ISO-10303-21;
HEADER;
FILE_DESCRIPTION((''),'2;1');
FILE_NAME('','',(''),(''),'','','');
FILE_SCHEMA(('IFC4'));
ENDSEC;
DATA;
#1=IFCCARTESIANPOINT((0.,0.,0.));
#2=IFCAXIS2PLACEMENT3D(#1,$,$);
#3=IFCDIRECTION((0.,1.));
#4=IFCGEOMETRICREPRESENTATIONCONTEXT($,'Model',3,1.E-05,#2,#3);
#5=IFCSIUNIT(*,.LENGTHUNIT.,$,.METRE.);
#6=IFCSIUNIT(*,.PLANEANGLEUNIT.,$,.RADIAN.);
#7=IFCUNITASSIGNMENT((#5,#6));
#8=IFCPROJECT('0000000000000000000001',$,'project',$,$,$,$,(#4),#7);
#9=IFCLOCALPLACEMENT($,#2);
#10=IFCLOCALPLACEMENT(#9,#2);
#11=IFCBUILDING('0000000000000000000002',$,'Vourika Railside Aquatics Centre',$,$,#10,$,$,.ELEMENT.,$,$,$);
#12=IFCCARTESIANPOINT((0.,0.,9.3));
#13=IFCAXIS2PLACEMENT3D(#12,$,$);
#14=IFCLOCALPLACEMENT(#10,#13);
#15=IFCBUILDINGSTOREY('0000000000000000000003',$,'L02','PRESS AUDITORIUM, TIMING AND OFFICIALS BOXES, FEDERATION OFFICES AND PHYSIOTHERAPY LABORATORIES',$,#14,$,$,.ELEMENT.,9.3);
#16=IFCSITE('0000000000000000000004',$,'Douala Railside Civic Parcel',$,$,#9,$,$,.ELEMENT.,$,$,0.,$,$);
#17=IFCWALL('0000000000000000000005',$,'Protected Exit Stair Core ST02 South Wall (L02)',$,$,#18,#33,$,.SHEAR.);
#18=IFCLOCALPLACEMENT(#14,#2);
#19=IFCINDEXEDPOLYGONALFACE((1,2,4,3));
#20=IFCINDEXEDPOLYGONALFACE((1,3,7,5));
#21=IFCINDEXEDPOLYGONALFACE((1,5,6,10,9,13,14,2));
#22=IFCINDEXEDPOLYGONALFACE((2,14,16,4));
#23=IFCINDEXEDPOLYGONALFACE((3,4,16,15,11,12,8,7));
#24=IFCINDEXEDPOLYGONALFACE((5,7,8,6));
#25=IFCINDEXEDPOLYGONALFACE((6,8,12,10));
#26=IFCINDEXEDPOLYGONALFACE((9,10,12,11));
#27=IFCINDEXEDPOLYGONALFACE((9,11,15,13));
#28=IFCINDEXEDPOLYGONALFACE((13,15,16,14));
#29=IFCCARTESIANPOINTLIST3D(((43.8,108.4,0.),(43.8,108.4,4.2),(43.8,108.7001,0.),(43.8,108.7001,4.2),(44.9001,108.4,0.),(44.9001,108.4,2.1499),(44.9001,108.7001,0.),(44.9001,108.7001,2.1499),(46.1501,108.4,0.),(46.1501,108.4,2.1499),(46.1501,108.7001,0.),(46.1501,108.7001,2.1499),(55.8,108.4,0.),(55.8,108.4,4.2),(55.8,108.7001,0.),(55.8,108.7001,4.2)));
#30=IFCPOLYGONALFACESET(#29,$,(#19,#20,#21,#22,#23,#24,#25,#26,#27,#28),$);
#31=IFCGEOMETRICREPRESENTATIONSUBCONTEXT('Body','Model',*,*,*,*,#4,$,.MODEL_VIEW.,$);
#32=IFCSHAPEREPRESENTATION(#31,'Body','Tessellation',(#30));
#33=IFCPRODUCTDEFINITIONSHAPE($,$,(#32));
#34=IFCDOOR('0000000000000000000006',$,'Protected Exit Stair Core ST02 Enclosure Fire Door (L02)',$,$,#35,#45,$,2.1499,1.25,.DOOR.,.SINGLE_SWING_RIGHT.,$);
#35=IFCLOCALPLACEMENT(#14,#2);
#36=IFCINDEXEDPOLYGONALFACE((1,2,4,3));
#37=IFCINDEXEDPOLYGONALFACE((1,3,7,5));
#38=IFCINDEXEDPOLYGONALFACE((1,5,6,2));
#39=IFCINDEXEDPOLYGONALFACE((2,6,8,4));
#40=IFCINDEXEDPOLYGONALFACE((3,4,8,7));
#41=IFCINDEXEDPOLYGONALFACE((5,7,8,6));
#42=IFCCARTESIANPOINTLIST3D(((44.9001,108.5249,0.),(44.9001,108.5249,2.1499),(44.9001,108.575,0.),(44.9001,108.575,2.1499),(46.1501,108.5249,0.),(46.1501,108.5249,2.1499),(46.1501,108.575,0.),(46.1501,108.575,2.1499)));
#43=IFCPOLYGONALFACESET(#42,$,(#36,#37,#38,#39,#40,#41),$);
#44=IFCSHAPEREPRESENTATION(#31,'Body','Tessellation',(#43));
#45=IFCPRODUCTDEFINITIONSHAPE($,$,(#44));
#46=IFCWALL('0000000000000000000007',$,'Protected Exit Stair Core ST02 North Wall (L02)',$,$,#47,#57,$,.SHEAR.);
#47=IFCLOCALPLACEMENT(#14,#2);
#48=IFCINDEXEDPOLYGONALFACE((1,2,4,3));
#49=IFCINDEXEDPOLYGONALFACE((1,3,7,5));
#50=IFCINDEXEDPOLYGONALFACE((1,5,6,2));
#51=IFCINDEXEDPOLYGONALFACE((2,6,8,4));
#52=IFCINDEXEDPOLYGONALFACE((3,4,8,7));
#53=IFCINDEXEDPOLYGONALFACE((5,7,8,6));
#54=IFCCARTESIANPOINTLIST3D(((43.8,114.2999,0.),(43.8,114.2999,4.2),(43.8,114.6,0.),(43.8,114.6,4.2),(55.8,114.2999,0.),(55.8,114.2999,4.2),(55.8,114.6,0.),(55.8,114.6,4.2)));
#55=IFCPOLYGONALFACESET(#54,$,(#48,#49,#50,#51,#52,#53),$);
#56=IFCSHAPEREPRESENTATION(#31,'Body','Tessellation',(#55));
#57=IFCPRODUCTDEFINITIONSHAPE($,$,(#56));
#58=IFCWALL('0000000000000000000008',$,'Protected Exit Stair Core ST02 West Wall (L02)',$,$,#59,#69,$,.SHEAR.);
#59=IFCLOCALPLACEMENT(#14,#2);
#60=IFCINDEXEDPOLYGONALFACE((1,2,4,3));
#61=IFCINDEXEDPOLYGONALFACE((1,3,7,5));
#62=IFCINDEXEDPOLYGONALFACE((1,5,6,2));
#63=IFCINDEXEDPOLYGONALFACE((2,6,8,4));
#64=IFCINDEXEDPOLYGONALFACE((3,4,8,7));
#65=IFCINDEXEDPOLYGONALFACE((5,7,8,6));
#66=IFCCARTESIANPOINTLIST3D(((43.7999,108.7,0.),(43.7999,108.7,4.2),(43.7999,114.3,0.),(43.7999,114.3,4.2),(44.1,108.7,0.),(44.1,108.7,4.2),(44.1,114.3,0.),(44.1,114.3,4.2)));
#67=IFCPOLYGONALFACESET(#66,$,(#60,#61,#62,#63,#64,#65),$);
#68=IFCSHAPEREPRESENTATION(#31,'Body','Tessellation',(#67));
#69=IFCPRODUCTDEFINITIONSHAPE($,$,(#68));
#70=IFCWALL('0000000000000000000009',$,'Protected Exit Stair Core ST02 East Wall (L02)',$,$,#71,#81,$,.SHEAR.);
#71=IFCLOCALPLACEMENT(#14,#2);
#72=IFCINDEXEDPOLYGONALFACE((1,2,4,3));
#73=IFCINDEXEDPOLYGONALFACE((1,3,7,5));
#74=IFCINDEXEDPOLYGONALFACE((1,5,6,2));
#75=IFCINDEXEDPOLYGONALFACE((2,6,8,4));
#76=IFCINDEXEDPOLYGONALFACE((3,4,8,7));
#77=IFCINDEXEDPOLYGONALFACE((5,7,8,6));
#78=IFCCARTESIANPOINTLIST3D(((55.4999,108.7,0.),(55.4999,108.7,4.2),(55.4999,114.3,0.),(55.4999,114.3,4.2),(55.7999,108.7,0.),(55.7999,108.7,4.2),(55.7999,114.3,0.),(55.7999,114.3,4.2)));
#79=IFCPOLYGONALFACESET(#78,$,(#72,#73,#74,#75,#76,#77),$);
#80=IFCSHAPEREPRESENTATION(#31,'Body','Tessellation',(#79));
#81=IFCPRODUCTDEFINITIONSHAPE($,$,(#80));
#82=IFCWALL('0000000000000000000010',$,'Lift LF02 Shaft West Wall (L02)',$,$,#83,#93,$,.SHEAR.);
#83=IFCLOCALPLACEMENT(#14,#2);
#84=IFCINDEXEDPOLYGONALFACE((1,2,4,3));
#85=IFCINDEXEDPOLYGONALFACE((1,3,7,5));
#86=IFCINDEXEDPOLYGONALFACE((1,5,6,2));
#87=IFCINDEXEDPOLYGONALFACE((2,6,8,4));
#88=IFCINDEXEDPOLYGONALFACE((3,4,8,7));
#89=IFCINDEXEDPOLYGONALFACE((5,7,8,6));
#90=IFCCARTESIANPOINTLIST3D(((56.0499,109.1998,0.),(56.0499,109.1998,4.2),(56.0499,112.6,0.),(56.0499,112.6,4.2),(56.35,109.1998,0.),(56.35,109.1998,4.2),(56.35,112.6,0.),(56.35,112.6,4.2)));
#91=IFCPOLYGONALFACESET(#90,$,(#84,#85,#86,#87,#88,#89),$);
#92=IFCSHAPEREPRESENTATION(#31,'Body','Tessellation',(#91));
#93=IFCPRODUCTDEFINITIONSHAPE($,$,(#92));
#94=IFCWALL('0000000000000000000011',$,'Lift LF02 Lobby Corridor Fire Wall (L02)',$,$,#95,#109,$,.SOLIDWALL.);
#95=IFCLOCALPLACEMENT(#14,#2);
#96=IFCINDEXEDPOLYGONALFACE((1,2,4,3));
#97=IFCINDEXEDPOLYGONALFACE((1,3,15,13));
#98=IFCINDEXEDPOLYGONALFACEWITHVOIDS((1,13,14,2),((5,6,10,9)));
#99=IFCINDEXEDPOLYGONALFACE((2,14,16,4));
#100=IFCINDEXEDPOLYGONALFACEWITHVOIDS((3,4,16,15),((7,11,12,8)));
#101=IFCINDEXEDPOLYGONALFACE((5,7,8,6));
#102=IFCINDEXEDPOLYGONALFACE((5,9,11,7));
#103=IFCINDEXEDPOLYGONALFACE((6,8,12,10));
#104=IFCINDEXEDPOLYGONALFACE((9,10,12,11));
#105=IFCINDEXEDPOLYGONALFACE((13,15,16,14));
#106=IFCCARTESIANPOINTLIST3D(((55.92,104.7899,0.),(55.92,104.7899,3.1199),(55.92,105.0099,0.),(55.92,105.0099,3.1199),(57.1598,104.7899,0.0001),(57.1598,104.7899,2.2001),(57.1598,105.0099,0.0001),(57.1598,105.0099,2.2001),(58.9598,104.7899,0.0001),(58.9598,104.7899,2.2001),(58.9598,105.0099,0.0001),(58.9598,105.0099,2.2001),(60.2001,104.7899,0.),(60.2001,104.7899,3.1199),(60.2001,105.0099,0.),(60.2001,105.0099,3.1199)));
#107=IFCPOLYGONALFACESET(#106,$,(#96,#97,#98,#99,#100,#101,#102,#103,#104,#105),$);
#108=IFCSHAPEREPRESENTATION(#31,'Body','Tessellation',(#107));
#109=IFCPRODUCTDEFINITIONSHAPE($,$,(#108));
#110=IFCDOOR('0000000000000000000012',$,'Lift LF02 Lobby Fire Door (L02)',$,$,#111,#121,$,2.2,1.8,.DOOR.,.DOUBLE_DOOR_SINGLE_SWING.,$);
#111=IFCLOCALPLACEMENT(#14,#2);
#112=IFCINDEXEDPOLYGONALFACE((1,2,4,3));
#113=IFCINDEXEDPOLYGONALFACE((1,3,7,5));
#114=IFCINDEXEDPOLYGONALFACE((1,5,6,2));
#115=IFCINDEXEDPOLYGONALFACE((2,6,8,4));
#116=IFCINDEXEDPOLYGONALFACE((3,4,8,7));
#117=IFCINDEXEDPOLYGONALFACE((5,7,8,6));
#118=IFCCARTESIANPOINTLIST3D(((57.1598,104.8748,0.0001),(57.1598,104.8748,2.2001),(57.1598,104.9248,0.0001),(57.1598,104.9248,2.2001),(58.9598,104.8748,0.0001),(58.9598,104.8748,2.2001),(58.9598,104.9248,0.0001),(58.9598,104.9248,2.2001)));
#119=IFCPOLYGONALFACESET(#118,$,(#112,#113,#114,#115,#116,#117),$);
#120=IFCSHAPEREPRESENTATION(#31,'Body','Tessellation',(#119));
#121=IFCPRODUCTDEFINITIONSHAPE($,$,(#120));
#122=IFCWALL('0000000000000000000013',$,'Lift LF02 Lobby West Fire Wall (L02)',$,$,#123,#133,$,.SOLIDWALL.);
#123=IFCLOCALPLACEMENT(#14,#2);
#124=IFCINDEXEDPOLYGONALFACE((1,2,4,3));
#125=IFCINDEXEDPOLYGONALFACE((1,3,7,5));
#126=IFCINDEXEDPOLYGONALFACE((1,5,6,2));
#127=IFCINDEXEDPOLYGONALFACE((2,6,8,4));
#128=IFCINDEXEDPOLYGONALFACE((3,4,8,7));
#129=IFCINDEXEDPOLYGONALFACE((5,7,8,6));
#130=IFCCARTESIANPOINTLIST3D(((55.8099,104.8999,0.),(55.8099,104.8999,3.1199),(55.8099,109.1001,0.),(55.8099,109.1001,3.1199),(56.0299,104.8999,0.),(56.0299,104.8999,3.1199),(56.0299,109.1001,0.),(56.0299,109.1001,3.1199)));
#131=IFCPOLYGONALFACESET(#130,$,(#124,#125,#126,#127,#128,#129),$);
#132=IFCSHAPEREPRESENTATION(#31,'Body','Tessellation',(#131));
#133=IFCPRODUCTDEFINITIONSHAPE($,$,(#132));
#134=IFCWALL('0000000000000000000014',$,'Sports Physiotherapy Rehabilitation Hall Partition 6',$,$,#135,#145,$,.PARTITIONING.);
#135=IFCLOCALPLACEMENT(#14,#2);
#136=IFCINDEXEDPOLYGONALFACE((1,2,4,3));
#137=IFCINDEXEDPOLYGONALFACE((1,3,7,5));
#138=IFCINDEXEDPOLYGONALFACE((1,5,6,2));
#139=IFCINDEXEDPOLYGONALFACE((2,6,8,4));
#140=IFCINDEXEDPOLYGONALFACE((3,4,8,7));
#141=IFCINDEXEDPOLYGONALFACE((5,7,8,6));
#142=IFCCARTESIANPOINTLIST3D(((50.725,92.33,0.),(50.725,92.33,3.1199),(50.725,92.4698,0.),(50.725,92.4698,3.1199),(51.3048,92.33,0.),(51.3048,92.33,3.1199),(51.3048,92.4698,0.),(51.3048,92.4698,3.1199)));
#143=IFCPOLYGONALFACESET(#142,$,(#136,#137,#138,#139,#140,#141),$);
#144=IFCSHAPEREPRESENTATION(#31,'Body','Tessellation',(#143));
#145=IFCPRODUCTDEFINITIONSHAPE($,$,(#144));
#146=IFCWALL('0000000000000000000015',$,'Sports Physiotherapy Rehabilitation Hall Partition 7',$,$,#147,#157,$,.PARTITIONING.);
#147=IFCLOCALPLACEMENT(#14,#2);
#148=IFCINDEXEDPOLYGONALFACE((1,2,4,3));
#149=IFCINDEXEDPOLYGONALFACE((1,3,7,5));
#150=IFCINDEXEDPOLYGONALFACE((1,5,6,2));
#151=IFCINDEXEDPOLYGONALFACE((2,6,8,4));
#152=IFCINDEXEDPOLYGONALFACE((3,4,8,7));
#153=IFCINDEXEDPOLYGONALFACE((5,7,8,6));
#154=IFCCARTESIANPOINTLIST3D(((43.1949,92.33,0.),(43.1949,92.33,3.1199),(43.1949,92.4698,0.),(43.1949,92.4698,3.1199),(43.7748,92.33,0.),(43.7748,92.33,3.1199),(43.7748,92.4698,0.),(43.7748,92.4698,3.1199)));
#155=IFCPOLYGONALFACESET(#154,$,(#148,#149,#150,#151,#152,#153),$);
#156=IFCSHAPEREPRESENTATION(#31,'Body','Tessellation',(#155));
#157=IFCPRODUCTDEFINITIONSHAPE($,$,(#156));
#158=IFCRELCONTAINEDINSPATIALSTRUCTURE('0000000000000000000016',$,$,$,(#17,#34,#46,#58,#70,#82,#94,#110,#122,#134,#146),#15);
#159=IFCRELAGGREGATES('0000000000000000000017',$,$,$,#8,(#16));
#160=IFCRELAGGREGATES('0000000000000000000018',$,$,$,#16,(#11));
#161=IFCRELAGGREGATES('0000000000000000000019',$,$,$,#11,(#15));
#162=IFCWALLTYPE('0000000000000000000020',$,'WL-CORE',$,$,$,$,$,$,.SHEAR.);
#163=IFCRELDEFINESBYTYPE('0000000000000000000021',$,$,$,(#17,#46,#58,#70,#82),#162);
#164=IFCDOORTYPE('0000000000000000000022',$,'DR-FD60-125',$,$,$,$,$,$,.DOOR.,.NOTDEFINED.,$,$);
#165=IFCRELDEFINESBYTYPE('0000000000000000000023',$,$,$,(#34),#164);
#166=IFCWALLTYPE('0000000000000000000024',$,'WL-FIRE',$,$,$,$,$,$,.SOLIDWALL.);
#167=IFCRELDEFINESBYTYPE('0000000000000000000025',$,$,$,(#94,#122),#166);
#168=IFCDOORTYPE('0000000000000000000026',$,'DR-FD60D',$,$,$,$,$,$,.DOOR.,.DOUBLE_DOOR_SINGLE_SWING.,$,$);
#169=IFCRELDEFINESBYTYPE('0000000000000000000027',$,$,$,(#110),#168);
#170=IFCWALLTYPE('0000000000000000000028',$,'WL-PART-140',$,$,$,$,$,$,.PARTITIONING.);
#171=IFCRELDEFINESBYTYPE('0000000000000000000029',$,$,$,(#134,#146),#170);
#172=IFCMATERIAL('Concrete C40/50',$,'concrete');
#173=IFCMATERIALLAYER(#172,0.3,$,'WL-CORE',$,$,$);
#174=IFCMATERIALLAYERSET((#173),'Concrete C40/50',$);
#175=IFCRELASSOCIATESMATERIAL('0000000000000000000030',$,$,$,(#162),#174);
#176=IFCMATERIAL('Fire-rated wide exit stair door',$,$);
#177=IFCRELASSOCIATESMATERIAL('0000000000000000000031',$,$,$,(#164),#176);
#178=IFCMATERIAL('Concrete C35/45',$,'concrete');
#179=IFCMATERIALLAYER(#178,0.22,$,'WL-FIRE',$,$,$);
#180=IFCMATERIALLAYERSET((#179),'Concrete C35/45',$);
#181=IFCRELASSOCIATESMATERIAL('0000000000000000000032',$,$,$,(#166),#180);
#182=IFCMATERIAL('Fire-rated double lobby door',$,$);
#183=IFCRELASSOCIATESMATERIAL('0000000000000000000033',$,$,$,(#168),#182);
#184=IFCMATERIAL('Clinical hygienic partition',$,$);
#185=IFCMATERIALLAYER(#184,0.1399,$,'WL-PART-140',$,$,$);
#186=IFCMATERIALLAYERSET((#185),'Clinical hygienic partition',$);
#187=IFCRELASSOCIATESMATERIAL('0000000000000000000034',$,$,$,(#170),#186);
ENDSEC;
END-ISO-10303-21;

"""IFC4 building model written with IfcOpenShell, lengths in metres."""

from ifc_helpers import new_model, si_unit, direction, frame, frame_2d, origin, place, context, subcontext, project, spatial, rectangle, extrude, material, layer, layer_set, type_object, element, fill, save


model = new_model("IFC4")

# Units and contexts
model_context = context("Model", 3, precision=1e-05, world=origin(), true_north=direction((0.0, 1.0)))
body_context = subcontext(model_context, "Body", "Model", "MODEL_VIEW")
ifc_project = project(units=[si_unit("LENGTHUNIT", "METRE"), si_unit("PLANEANGLEUNIT", "RADIAN")], contexts=[model_context])

# Site, building, storey
site_placement = place(None, origin())
site = spatial("IfcSite", under=ifc_project, at=site_placement, Name="Douala Railside Civic Parcel", CompositionType="ELEMENT", RefElevation=0.0)
building_placement = place(site_placement, origin())
building = spatial("IfcBuilding", under=site, at=building_placement, Name="Vourika Railside Aquatics Centre", CompositionType="ELEMENT")
storey_placement = place(building_placement, frame((0.0, 0.0, 9.3)))
storey = spatial("IfcBuildingStorey", under=building, at=storey_placement, Name="L02", Description="PRESS AUDITORIUM, TIMING AND OFFICIALS BOXES, FEDERATION OFFICES AND PHYSIOTHERAPY LABORATORIES", CompositionType="ELEMENT", Elevation=9.3)

# Shared definitions
ifc_material_1 = material(Name="Concrete C35/45", Category="concrete")

# Wall, opening, door
ifc_material_2 = material(Name="Concrete C40/50", Category="concrete")
ifc_layer_1 = layer(ifc_material_2, 0.3, Name="WL-CORE")
ifc_layer_set_1 = layer_set([ifc_layer_1], Name="Concrete C40/50")
wall_type_1 = type_object("IfcWallType", Name="WL-CORE", PredefinedType="SHEAR", material=ifc_layer_set_1)
wall_1_placement = place(storey_placement, frame((43.8, 108.55, 0.0), z_axis=(0.0, 0.0, 1.0), x_axis=(1.0, 0.0, 0.0)))
wall_1 = element("IfcWall", 1, at=wall_1_placement, inside=storey, type_object=wall_type_1, Name="Protected Exit Stair Core ST02 South Wall (L02)", PredefinedType="SHEAR", context=body_context, shape_type="SweptSolid", body=[
    extrude(rectangle(XDim=12.0, YDim=0.3, at=frame_2d((6.0, 0.0))), origin(), (0.0, 0.0, 1.0), 4.2),
])
opening_1_placement = place(wall_1_placement, frame((1.1001, 0.0, 0.0)))
opening_1 = element("IfcOpeningElement", 2, at=opening_1_placement, cuts=wall_1, PredefinedType="OPENING", context=body_context, shape_type="SweptSolid", body=[
    extrude(rectangle(XDim=1.25, YDim=2.1499, at=frame_2d((0.625, 1.075))), frame((0.0, 0.1602, 0.0), z_axis=(0.0, -1.0, 0.0), x_axis=(1.0, 0.0, 0.0)), (0.0, 0.0, 1.0), 0.3201),
])
ifc_material_3 = material(Name="Fire-rated wide exit stair door")
door_type_1 = type_object("IfcDoorType", Name="DR-FD60-125", OperationType="NOTDEFINED", PredefinedType="DOOR", material=ifc_material_3)
door_1_placement = place(opening_1_placement, origin())
door_1 = element("IfcDoor", 3, at=door_1_placement, inside=storey, type_object=door_type_1, Name="Protected Exit Stair Core ST02 Enclosure Fire Door (L02)", OperationType="SINGLE_SWING_RIGHT", OverallHeight=2.1499, OverallWidth=1.25, PredefinedType="DOOR", context=body_context, shape_type="SweptSolid", body=[
    extrude(rectangle(XDim=1.25, YDim=2.1499, at=frame_2d((0.625, 1.075))), frame((0.0, 0.0249, 0.0), z_axis=(0.0, -1.0, 0.0), x_axis=(1.0, 0.0, 0.0)), (0.0, 0.0, 1.0), 0.05),
])
fill(opening_1, door_1)

# Walls
wall_2_placement = place(storey_placement, frame((55.8, 114.45, 0.0), z_axis=(0.0, 0.0, 1.0), x_axis=(-1.0, 0.0, 0.0)))
element("IfcWall", 4, at=wall_2_placement, inside=storey, type_object=wall_type_1, Name="Protected Exit Stair Core ST02 North Wall (L02)", PredefinedType="SHEAR", context=body_context, shape_type="SweptSolid", body=[
    extrude(rectangle(XDim=12.0, YDim=0.3, at=frame_2d((6.0, 0.0))), origin(), (0.0, 0.0, 1.0), 4.2),
])
for number, where, z_axis, x_axis, name in (
    (5, (43.95, 114.3, 0.0), (0.0, 0.0, 1.0), (0.0, -1.0, 0.0), "Protected Exit Stair Core ST02 West Wall (L02)"),
    (6, (55.6499, 108.7, 0.0), (0.0, 0.0, 1.0), (0.0, 1.0, 0.0), "Protected Exit Stair Core ST02 East Wall (L02)"),
):
    element("IfcWall", number, at=place(storey_placement, frame(where, z_axis=z_axis, x_axis=x_axis)), inside=storey, type_object=wall_type_1, Name=name, PredefinedType="SHEAR", context=body_context, shape_type="SweptSolid", body=[
        extrude(rectangle(XDim=5.6001, YDim=0.3, at=frame_2d((2.8, 0.0))), origin(), (0.0, 0.0, 1.0), 4.2),
    ])

# Wall
wall_3_placement = place(storey_placement, frame((56.2, 112.6001, 0.0), z_axis=(0.0, 0.0, 1.0), x_axis=(0.0, -1.0, 0.0)))
element("IfcWall", 7, at=wall_3_placement, inside=storey, type_object=wall_type_1, Name="Lift LF02 Shaft West Wall (L02)", PredefinedType="SHEAR", context=body_context, shape_type="SweptSolid", body=[
    extrude(rectangle(XDim=3.4001, YDim=0.3, at=frame_2d((1.7002, 0.0))), origin(), (0.0, 0.0, 1.0), 4.2),
])

# Wall, opening, door
ifc_layer_2 = layer(ifc_material_1, 0.22, Name="WL-FIRE")
ifc_layer_set_2 = layer_set([ifc_layer_2], Name="Concrete C35/45")
wall_type_2 = type_object("IfcWallType", Name="WL-FIRE", PredefinedType="SOLIDWALL", material=ifc_layer_set_2)
wall_4_placement = place(storey_placement, frame((55.9199, 104.8999, 0.0), z_axis=(0.0, 0.0, 1.0), x_axis=(1.0, 0.0, 0.0)))
wall_4 = element("IfcWall", 8, at=wall_4_placement, inside=storey, type_object=wall_type_2, Name="Lift LF02 Lobby Corridor Fire Wall (L02)", PredefinedType="SOLIDWALL", context=body_context, shape_type="SweptSolid", body=[
    extrude(rectangle(XDim=4.28, YDim=0.22, at=frame_2d((2.1401, 0.0))), origin(), (0.0, 0.0, 1.0), 3.1199),
])
opening_2_placement = place(wall_4_placement, frame((1.24, 0.0, 0.0)))
opening_2 = element("IfcOpeningElement", 9, at=opening_2_placement, cuts=wall_4, PredefinedType="OPENING", context=body_context, shape_type="SweptSolid", body=[
    extrude(rectangle(XDim=1.8, YDim=2.2, at=frame_2d((0.8999, 1.1001))), frame((0.0, 0.1201, 0.0), z_axis=(0.0, -1.0, 0.0), x_axis=(1.0, 0.0, 0.0)), (0.0, 0.0, 1.0), 0.24),
])
ifc_material_4 = material(Name="Fire-rated double lobby door")
door_type_2 = type_object("IfcDoorType", Name="DR-FD60D", OperationType="DOUBLE_DOOR_SINGLE_SWING", PredefinedType="DOOR", material=ifc_material_4)
door_2_placement = place(opening_2_placement, origin())
door_2 = element("IfcDoor", 10, at=door_2_placement, inside=storey, type_object=door_type_2, Name="Lift LF02 Lobby Fire Door (L02)", OperationType="DOUBLE_DOOR_SINGLE_SWING", OverallHeight=2.2, OverallWidth=1.8, PredefinedType="DOOR", context=body_context, shape_type="SweptSolid", body=[
    extrude(rectangle(XDim=1.8, YDim=2.2, at=frame_2d((0.8999, 1.1001))), frame((0.0, 0.0249, 0.0), z_axis=(0.0, -1.0, 0.0), x_axis=(1.0, 0.0, 0.0)), (0.0, 0.0, 1.0), 0.05),
])
fill(opening_2, door_2)

# Walls
wall_5_placement = place(storey_placement, frame((55.9199, 104.8999, 0.0), z_axis=(0.0, 0.0, 1.0), x_axis=(0.0, 1.0, 0.0)))
element("IfcWall", 11, at=wall_5_placement, inside=storey, type_object=wall_type_2, Name="Lift LF02 Lobby West Fire Wall (L02)", PredefinedType="SOLIDWALL", context=body_context, shape_type="SweptSolid", body=[
    extrude(rectangle(XDim=4.2002, YDim=0.22, at=frame_2d((2.1001, 0.0))), origin(), (0.0, 0.0, 1.0), 3.1199),
])
ifc_material_5 = material(Name="Clinical hygienic partition")
ifc_layer_3 = layer(ifc_material_5, 0.1399, Name="WL-PART-140")
ifc_layer_set_3 = layer_set([ifc_layer_3], Name="Clinical hygienic partition")
wall_type_3 = type_object("IfcWallType", Name="WL-PART-140", PredefinedType="PARTITIONING", material=ifc_layer_set_3)
for number, where, z_axis, x_axis, name in (
    (12, (51.3049, 92.3999, 0.0), (0.0, 0.0, 1.0), (-1.0, 0.0, 0.0), "Sports Physiotherapy Rehabilitation Hall Partition 6"),
    (13, (43.7749, 92.3999, 0.0), (0.0, 0.0, 1.0), (-1.0, 0.0, 0.0), "Sports Physiotherapy Rehabilitation Hall Partition 7"),
):
    element("IfcWall", number, at=place(storey_placement, frame(where, z_axis=z_axis, x_axis=x_axis)), inside=storey, type_object=wall_type_3, Name=name, PredefinedType="PARTITIONING", context=body_context, shape_type="SweptSolid", body=[
        extrude(rectangle(XDim=0.5798, YDim=0.1399, at=frame_2d((0.29, 0.0))), origin(), (0.0, 0.0, 1.0), 3.1199),
    ])

save(model, "model.ifc")
